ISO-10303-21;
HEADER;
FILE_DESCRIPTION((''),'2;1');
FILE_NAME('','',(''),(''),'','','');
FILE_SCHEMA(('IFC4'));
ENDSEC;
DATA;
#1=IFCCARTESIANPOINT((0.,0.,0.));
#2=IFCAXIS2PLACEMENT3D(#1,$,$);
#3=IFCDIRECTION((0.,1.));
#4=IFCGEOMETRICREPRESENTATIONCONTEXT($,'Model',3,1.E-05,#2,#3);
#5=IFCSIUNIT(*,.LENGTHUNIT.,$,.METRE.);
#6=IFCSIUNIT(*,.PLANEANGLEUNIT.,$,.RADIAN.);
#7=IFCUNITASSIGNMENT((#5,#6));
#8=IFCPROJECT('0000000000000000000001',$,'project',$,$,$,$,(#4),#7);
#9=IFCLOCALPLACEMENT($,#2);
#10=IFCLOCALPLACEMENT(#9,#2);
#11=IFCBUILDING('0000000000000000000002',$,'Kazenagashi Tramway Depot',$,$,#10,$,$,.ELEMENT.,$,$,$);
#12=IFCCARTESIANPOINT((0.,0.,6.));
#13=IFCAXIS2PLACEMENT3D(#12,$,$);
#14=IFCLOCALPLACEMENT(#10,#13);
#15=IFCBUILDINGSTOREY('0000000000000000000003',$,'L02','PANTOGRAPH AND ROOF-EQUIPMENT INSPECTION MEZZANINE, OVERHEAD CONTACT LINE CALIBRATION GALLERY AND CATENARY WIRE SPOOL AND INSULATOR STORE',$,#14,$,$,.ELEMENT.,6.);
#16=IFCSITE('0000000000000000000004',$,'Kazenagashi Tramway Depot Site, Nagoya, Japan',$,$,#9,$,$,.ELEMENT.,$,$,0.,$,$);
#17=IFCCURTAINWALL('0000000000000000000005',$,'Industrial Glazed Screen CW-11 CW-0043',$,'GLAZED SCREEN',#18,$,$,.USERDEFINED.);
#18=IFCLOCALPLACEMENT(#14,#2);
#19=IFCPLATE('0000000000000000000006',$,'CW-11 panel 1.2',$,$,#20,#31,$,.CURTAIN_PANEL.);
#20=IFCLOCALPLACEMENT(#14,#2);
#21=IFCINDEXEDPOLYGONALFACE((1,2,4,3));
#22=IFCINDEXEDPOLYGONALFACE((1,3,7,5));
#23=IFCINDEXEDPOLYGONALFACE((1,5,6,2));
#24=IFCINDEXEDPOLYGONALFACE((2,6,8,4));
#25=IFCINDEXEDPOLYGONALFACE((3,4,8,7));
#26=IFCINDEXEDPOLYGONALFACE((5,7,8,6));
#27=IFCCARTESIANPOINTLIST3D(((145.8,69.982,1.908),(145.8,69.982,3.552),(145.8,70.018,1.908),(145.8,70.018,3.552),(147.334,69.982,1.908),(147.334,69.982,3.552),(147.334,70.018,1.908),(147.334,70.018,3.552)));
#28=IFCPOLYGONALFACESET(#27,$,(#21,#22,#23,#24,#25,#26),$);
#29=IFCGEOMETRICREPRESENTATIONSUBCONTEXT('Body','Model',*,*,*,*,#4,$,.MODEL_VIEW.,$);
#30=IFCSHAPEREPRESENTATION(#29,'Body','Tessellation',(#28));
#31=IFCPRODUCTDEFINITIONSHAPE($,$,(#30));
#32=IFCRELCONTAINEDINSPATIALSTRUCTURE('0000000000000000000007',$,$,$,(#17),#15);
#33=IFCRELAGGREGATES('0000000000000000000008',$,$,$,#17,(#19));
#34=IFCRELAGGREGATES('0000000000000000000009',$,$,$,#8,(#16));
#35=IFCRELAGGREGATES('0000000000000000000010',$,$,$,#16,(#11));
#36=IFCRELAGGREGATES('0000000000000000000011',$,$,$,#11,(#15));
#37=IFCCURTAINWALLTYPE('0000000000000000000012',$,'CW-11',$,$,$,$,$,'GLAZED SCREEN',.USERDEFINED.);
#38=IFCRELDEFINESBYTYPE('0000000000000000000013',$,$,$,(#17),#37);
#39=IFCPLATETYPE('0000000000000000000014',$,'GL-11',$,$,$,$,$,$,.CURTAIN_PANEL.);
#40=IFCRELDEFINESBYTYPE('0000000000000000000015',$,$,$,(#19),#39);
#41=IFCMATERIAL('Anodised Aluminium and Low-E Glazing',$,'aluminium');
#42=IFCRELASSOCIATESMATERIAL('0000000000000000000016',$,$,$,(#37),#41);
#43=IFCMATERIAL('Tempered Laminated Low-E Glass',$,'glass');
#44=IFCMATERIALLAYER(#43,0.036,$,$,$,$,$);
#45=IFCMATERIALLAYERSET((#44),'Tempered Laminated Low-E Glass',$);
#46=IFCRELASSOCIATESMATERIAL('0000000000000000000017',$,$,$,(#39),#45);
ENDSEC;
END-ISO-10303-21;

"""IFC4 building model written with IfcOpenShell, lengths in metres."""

from ifc_helpers import new_model, si_unit, direction, frame, origin, origin_2d, place, context, subcontext, project, spatial, rectangle, extrude, material, layer, layer_set, type_object, element, aggregate, save


model = new_model("IFC4")

# Units and contexts
model_context = context("Model", 3, precision=1e-05, world=origin(), true_north=direction((0.0, 1.0)))
body_context = subcontext(model_context, "Body", "Model", "MODEL_VIEW")
ifc_project = project(units=[si_unit("LENGTHUNIT", "METRE"), si_unit("PLANEANGLEUNIT", "RADIAN")], contexts=[model_context])

# Site, building, storey
site_placement = place(None, origin())
site = spatial("IfcSite", under=ifc_project, at=site_placement, Name="Kazenagashi Tramway Depot Site, Nagoya, Japan", CompositionType="ELEMENT", RefElevation=0.0)
building_placement = place(site_placement, origin())
building = spatial("IfcBuilding", under=site, at=building_placement, Name="Kazenagashi Tramway Depot", CompositionType="ELEMENT")
storey_placement = place(building_placement, frame((0.0, 0.0, 6.0)))
storey = spatial("IfcBuildingStorey", under=building, at=storey_placement, Name="L02", Description="PANTOGRAPH AND ROOF-EQUIPMENT INSPECTION MEZZANINE, OVERHEAD CONTACT LINE CALIBRATION GALLERY AND CATENARY WIRE SPOOL AND INSULATOR STORE", CompositionType="ELEMENT", Elevation=6.0)

# Shared definitions
ifc_material_1 = material(Name="Anodised Aluminium and Low-E Glazing", Category="aluminium")
curtain_wall_type = type_object("IfcCurtainWallType", Name="CW-11", ElementType="GLAZED SCREEN", PredefinedType="USERDEFINED", material=ifc_material_1)

# Curtain wall
curtain_wall_1_placement = place(storey_placement, origin())
curtain_wall_1 = element("IfcCurtainWall", 1, at=curtain_wall_1_placement, inside=storey, type_object=curtain_wall_type, Name="Industrial Glazed Screen CW-11 CW-0043", ObjectType="GLAZED SCREEN", PredefinedType="USERDEFINED")

# Plate
ifc_material_2 = material(Name="Tempered Laminated Low-E Glass", Category="glass")
ifc_layer_1 = layer(ifc_material_2, 0.036)
ifc_layer_set_1 = layer_set([ifc_layer_1], Name="Tempered Laminated Low-E Glass")
plate_type_1 = type_object("IfcPlateType", Name="GL-11", PredefinedType="CURTAIN_PANEL", material=ifc_layer_set_1)
plate_1_placement = place(storey_placement, frame((146.567, 70.0, 1.908), z_axis=(0.0, 0.0, 1.0), x_axis=(1.0, 0.0, 0.0)))
plate_1 = element("IfcPlate", 2, at=plate_1_placement, type_object=plate_type_1, Name="CW-11 panel 1.2", PredefinedType="CURTAIN_PANEL", context=body_context, shape_type="SweptSolid", body=[
    extrude(rectangle(XDim=1.534, YDim=0.036, at=origin_2d()), origin(), (0.0, 0.0, 1.0), 1.644),
])
aggregate(curtain_wall_1, [plate_1])

save(model, "model.ifc")
